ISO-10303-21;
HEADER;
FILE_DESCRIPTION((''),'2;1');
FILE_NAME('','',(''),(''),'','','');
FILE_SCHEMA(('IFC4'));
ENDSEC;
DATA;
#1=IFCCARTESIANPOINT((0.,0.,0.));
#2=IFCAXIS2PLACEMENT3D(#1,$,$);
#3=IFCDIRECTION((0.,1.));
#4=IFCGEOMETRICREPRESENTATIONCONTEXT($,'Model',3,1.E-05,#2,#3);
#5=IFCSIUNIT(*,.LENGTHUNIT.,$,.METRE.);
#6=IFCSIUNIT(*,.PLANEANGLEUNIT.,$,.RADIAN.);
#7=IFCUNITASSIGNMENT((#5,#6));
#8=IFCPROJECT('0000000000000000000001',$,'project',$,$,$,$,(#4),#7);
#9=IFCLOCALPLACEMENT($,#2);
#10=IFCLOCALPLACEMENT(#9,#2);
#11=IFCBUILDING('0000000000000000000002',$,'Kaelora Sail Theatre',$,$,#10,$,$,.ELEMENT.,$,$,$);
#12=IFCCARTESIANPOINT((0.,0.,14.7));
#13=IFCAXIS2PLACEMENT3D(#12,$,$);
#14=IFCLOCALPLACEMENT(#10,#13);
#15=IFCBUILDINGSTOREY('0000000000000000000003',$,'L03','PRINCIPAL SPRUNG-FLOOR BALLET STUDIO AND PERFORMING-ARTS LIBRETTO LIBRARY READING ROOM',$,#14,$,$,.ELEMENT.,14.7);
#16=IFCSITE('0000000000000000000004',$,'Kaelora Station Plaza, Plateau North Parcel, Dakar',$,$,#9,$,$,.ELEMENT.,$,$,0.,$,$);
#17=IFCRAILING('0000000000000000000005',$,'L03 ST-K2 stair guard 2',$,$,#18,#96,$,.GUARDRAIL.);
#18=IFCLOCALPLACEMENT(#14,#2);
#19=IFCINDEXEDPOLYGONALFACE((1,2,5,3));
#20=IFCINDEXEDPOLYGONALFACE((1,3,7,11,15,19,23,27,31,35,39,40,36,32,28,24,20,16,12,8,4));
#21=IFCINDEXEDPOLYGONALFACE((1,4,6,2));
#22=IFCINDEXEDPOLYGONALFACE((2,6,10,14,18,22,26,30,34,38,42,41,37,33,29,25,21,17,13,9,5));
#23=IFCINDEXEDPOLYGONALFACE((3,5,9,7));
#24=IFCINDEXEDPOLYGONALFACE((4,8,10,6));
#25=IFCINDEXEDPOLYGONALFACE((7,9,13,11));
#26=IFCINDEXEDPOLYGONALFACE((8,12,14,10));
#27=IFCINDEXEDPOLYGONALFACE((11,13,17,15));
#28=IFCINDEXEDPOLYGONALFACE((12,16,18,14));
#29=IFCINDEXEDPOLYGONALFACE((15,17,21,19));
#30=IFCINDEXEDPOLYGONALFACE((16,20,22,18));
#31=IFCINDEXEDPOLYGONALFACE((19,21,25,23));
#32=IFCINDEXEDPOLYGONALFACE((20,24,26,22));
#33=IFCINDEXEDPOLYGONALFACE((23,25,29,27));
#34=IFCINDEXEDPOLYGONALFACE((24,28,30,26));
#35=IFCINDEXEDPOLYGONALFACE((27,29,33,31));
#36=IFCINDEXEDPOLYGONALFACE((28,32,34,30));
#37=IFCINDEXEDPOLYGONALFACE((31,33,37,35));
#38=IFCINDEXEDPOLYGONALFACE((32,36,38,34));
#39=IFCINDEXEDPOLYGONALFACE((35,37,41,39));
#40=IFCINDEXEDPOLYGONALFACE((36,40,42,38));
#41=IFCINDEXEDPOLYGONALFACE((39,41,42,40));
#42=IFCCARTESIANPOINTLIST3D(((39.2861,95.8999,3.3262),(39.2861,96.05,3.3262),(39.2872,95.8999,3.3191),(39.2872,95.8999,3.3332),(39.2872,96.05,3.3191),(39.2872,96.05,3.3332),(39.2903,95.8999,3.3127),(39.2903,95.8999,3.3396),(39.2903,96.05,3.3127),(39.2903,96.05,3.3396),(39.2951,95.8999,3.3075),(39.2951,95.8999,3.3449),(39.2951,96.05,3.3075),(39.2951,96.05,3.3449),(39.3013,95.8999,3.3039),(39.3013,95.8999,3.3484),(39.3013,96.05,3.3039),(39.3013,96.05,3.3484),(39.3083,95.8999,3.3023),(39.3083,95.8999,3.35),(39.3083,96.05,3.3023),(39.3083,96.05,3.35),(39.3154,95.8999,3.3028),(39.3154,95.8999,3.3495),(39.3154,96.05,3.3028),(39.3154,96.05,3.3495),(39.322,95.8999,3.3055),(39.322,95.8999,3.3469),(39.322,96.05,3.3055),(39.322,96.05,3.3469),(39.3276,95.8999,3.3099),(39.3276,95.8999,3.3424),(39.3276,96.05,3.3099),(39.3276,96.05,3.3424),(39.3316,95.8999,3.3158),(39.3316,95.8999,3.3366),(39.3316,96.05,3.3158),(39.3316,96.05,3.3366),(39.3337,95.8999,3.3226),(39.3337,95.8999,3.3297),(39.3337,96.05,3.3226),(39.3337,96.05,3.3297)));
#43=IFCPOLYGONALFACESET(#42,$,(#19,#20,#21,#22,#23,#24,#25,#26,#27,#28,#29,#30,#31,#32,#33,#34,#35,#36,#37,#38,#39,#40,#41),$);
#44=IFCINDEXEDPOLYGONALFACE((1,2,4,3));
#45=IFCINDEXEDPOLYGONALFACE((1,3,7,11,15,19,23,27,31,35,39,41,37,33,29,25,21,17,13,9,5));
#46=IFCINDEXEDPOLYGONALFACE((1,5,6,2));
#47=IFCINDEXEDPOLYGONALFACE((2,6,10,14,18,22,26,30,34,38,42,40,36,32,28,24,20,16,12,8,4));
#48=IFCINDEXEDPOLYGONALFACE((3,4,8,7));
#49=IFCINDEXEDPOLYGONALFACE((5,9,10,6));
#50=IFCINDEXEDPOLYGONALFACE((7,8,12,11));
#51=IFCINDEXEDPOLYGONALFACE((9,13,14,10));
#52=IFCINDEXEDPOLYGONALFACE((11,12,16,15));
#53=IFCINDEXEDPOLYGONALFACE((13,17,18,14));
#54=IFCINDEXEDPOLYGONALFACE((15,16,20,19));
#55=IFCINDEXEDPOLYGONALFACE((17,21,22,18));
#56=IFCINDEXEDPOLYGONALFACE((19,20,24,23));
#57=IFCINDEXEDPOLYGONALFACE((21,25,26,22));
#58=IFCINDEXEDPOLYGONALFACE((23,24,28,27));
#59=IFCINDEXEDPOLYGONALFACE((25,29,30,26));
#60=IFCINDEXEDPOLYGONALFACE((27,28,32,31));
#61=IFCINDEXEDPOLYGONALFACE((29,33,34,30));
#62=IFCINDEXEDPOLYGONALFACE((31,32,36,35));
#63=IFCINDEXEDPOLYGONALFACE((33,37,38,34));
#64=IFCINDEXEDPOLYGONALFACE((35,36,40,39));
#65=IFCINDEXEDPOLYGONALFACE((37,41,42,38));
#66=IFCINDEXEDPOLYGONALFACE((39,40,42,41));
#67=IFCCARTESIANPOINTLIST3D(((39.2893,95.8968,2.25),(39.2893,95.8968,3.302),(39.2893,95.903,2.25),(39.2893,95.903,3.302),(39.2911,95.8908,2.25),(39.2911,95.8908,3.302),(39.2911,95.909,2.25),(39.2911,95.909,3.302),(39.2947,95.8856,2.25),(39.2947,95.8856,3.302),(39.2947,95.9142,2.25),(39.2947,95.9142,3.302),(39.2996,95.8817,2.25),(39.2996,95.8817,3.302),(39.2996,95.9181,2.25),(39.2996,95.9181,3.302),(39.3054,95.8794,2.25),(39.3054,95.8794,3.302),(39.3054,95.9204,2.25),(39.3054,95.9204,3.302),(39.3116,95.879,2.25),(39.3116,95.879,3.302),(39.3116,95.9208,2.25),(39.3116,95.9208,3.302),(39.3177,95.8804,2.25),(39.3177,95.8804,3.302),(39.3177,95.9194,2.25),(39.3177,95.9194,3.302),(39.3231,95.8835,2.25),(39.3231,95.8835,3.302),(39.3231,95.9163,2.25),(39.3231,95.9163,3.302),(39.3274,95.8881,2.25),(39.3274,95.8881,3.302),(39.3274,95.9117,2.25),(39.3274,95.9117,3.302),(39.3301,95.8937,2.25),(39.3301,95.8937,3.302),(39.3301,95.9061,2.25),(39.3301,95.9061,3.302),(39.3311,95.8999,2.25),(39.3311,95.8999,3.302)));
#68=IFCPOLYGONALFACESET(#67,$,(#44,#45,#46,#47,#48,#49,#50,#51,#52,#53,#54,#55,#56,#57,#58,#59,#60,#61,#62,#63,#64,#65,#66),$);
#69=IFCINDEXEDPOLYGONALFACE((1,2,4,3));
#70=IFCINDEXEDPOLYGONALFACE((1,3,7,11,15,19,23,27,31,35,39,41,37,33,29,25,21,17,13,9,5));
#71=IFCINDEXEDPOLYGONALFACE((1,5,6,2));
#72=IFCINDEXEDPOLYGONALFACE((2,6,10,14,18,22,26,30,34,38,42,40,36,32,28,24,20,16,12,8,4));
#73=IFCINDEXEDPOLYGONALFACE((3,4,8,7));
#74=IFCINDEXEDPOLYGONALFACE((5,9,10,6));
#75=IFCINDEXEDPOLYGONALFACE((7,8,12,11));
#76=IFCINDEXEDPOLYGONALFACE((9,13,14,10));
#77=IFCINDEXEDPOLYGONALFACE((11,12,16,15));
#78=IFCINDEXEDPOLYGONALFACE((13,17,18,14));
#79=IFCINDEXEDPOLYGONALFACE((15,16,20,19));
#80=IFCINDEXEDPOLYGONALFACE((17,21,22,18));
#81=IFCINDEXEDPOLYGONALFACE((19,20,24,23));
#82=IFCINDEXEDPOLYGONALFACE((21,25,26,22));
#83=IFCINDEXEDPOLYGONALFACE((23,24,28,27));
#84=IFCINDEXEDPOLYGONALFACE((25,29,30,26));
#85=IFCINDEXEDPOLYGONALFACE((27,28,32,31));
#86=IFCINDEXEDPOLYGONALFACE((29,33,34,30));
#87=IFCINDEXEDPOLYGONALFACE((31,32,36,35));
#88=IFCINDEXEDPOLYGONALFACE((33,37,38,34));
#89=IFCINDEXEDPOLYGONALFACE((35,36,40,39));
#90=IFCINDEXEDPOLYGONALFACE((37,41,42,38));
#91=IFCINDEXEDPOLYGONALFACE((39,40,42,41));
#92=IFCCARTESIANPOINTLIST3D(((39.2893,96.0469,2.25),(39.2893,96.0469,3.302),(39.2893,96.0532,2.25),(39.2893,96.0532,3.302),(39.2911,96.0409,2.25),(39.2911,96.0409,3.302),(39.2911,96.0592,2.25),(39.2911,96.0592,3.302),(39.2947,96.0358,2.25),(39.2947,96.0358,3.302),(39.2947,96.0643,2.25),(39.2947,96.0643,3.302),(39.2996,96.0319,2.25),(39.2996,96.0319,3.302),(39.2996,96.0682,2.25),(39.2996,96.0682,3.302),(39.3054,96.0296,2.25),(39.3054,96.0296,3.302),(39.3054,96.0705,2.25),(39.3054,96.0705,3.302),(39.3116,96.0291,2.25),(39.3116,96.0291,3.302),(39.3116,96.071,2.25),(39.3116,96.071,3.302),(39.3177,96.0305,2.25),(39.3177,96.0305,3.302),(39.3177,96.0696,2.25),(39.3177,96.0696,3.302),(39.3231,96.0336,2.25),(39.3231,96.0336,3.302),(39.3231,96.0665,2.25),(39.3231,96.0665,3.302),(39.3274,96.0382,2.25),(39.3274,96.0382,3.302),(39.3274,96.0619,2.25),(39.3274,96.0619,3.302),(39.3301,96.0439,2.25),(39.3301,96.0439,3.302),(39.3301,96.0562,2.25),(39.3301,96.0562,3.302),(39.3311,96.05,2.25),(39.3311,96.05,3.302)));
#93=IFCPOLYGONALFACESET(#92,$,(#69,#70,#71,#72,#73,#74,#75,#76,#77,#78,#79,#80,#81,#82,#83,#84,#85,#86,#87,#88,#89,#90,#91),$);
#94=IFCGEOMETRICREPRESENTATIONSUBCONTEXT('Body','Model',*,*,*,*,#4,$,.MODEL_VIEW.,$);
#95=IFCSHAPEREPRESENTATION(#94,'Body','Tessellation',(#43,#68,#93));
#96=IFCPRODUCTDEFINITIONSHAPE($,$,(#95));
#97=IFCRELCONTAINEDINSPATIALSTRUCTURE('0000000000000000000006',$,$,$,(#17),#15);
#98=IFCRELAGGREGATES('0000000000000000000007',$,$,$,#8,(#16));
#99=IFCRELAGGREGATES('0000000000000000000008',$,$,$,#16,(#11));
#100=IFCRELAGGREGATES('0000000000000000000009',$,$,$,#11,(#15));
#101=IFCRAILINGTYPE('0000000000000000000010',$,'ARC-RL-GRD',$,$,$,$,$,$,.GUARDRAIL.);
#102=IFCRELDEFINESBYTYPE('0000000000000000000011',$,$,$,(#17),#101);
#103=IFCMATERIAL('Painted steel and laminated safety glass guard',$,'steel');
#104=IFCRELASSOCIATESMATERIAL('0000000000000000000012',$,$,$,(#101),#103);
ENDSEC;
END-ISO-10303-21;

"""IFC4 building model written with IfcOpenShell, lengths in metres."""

from ifc_helpers import new_model, si_unit, direction, frame, origin, origin_2d, place, context, subcontext, project, spatial, circle, extrude, material, type_object, element, save


model = new_model("IFC4")

# Units and contexts
model_context = context("Model", 3, precision=1e-05, world=origin(), true_north=direction((0.0, 1.0)))
body_context = subcontext(model_context, "Body", "Model", "MODEL_VIEW")
ifc_project = project(units=[si_unit("LENGTHUNIT", "METRE"), si_unit("PLANEANGLEUNIT", "RADIAN")], contexts=[model_context])

# Site, building, storey
site_placement = place(None, origin())
site = spatial("IfcSite", under=ifc_project, at=site_placement, Name="Kaelora Station Plaza, Plateau North Parcel, Dakar", CompositionType="ELEMENT", RefElevation=0.0)
building_placement = place(site_placement, origin())
building = spatial("IfcBuilding", under=site, at=building_placement, Name="Kaelora Sail Theatre", CompositionType="ELEMENT")
storey_placement = place(building_placement, frame((0.0, 0.0, 14.7)))
storey = spatial("IfcBuildingStorey", under=building, at=storey_placement, Name="L03", Description="PRINCIPAL SPRUNG-FLOOR BALLET STUDIO AND PERFORMING-ARTS LIBRETTO LIBRARY READING ROOM", CompositionType="ELEMENT", Elevation=14.7)

# Railing
ifc_material_1 = material(Name="Painted steel and laminated safety glass guard", Category="steel")
railing_type_1 = type_object("IfcRailingType", Name="ARC-RL-GRD", PredefinedType="GUARDRAIL", material=ifc_material_1)
railing_1_placement = place(storey_placement, frame((39.3101, 95.8999, 2.25)))
element("IfcRailing", 1, at=railing_1_placement, inside=storey, type_object=railing_type_1, Name="L03 ST-K2 stair guard 2", PredefinedType="GUARDRAIL", context=body_context, shape_type="SweptSolid", body=[
    extrude(circle(Radius=0.0239, at=origin_2d()), frame((0.0, 0.0, 1.0762), z_axis=(0.0, 1.0, 0.0), x_axis=(-1.0, 0.0, 0.0)), (0.0, 0.0, 1.0), 0.1501),
    extrude(circle(Radius=0.021, at=origin_2d()), origin(), (0.0, 0.0, 1.0), 1.052),
    extrude(circle(Radius=0.021, at=origin_2d()), frame((0.0, 0.1501, 0.0)), (0.0, 0.0, 1.0), 1.052),
])

save(model, "model.ifc")
